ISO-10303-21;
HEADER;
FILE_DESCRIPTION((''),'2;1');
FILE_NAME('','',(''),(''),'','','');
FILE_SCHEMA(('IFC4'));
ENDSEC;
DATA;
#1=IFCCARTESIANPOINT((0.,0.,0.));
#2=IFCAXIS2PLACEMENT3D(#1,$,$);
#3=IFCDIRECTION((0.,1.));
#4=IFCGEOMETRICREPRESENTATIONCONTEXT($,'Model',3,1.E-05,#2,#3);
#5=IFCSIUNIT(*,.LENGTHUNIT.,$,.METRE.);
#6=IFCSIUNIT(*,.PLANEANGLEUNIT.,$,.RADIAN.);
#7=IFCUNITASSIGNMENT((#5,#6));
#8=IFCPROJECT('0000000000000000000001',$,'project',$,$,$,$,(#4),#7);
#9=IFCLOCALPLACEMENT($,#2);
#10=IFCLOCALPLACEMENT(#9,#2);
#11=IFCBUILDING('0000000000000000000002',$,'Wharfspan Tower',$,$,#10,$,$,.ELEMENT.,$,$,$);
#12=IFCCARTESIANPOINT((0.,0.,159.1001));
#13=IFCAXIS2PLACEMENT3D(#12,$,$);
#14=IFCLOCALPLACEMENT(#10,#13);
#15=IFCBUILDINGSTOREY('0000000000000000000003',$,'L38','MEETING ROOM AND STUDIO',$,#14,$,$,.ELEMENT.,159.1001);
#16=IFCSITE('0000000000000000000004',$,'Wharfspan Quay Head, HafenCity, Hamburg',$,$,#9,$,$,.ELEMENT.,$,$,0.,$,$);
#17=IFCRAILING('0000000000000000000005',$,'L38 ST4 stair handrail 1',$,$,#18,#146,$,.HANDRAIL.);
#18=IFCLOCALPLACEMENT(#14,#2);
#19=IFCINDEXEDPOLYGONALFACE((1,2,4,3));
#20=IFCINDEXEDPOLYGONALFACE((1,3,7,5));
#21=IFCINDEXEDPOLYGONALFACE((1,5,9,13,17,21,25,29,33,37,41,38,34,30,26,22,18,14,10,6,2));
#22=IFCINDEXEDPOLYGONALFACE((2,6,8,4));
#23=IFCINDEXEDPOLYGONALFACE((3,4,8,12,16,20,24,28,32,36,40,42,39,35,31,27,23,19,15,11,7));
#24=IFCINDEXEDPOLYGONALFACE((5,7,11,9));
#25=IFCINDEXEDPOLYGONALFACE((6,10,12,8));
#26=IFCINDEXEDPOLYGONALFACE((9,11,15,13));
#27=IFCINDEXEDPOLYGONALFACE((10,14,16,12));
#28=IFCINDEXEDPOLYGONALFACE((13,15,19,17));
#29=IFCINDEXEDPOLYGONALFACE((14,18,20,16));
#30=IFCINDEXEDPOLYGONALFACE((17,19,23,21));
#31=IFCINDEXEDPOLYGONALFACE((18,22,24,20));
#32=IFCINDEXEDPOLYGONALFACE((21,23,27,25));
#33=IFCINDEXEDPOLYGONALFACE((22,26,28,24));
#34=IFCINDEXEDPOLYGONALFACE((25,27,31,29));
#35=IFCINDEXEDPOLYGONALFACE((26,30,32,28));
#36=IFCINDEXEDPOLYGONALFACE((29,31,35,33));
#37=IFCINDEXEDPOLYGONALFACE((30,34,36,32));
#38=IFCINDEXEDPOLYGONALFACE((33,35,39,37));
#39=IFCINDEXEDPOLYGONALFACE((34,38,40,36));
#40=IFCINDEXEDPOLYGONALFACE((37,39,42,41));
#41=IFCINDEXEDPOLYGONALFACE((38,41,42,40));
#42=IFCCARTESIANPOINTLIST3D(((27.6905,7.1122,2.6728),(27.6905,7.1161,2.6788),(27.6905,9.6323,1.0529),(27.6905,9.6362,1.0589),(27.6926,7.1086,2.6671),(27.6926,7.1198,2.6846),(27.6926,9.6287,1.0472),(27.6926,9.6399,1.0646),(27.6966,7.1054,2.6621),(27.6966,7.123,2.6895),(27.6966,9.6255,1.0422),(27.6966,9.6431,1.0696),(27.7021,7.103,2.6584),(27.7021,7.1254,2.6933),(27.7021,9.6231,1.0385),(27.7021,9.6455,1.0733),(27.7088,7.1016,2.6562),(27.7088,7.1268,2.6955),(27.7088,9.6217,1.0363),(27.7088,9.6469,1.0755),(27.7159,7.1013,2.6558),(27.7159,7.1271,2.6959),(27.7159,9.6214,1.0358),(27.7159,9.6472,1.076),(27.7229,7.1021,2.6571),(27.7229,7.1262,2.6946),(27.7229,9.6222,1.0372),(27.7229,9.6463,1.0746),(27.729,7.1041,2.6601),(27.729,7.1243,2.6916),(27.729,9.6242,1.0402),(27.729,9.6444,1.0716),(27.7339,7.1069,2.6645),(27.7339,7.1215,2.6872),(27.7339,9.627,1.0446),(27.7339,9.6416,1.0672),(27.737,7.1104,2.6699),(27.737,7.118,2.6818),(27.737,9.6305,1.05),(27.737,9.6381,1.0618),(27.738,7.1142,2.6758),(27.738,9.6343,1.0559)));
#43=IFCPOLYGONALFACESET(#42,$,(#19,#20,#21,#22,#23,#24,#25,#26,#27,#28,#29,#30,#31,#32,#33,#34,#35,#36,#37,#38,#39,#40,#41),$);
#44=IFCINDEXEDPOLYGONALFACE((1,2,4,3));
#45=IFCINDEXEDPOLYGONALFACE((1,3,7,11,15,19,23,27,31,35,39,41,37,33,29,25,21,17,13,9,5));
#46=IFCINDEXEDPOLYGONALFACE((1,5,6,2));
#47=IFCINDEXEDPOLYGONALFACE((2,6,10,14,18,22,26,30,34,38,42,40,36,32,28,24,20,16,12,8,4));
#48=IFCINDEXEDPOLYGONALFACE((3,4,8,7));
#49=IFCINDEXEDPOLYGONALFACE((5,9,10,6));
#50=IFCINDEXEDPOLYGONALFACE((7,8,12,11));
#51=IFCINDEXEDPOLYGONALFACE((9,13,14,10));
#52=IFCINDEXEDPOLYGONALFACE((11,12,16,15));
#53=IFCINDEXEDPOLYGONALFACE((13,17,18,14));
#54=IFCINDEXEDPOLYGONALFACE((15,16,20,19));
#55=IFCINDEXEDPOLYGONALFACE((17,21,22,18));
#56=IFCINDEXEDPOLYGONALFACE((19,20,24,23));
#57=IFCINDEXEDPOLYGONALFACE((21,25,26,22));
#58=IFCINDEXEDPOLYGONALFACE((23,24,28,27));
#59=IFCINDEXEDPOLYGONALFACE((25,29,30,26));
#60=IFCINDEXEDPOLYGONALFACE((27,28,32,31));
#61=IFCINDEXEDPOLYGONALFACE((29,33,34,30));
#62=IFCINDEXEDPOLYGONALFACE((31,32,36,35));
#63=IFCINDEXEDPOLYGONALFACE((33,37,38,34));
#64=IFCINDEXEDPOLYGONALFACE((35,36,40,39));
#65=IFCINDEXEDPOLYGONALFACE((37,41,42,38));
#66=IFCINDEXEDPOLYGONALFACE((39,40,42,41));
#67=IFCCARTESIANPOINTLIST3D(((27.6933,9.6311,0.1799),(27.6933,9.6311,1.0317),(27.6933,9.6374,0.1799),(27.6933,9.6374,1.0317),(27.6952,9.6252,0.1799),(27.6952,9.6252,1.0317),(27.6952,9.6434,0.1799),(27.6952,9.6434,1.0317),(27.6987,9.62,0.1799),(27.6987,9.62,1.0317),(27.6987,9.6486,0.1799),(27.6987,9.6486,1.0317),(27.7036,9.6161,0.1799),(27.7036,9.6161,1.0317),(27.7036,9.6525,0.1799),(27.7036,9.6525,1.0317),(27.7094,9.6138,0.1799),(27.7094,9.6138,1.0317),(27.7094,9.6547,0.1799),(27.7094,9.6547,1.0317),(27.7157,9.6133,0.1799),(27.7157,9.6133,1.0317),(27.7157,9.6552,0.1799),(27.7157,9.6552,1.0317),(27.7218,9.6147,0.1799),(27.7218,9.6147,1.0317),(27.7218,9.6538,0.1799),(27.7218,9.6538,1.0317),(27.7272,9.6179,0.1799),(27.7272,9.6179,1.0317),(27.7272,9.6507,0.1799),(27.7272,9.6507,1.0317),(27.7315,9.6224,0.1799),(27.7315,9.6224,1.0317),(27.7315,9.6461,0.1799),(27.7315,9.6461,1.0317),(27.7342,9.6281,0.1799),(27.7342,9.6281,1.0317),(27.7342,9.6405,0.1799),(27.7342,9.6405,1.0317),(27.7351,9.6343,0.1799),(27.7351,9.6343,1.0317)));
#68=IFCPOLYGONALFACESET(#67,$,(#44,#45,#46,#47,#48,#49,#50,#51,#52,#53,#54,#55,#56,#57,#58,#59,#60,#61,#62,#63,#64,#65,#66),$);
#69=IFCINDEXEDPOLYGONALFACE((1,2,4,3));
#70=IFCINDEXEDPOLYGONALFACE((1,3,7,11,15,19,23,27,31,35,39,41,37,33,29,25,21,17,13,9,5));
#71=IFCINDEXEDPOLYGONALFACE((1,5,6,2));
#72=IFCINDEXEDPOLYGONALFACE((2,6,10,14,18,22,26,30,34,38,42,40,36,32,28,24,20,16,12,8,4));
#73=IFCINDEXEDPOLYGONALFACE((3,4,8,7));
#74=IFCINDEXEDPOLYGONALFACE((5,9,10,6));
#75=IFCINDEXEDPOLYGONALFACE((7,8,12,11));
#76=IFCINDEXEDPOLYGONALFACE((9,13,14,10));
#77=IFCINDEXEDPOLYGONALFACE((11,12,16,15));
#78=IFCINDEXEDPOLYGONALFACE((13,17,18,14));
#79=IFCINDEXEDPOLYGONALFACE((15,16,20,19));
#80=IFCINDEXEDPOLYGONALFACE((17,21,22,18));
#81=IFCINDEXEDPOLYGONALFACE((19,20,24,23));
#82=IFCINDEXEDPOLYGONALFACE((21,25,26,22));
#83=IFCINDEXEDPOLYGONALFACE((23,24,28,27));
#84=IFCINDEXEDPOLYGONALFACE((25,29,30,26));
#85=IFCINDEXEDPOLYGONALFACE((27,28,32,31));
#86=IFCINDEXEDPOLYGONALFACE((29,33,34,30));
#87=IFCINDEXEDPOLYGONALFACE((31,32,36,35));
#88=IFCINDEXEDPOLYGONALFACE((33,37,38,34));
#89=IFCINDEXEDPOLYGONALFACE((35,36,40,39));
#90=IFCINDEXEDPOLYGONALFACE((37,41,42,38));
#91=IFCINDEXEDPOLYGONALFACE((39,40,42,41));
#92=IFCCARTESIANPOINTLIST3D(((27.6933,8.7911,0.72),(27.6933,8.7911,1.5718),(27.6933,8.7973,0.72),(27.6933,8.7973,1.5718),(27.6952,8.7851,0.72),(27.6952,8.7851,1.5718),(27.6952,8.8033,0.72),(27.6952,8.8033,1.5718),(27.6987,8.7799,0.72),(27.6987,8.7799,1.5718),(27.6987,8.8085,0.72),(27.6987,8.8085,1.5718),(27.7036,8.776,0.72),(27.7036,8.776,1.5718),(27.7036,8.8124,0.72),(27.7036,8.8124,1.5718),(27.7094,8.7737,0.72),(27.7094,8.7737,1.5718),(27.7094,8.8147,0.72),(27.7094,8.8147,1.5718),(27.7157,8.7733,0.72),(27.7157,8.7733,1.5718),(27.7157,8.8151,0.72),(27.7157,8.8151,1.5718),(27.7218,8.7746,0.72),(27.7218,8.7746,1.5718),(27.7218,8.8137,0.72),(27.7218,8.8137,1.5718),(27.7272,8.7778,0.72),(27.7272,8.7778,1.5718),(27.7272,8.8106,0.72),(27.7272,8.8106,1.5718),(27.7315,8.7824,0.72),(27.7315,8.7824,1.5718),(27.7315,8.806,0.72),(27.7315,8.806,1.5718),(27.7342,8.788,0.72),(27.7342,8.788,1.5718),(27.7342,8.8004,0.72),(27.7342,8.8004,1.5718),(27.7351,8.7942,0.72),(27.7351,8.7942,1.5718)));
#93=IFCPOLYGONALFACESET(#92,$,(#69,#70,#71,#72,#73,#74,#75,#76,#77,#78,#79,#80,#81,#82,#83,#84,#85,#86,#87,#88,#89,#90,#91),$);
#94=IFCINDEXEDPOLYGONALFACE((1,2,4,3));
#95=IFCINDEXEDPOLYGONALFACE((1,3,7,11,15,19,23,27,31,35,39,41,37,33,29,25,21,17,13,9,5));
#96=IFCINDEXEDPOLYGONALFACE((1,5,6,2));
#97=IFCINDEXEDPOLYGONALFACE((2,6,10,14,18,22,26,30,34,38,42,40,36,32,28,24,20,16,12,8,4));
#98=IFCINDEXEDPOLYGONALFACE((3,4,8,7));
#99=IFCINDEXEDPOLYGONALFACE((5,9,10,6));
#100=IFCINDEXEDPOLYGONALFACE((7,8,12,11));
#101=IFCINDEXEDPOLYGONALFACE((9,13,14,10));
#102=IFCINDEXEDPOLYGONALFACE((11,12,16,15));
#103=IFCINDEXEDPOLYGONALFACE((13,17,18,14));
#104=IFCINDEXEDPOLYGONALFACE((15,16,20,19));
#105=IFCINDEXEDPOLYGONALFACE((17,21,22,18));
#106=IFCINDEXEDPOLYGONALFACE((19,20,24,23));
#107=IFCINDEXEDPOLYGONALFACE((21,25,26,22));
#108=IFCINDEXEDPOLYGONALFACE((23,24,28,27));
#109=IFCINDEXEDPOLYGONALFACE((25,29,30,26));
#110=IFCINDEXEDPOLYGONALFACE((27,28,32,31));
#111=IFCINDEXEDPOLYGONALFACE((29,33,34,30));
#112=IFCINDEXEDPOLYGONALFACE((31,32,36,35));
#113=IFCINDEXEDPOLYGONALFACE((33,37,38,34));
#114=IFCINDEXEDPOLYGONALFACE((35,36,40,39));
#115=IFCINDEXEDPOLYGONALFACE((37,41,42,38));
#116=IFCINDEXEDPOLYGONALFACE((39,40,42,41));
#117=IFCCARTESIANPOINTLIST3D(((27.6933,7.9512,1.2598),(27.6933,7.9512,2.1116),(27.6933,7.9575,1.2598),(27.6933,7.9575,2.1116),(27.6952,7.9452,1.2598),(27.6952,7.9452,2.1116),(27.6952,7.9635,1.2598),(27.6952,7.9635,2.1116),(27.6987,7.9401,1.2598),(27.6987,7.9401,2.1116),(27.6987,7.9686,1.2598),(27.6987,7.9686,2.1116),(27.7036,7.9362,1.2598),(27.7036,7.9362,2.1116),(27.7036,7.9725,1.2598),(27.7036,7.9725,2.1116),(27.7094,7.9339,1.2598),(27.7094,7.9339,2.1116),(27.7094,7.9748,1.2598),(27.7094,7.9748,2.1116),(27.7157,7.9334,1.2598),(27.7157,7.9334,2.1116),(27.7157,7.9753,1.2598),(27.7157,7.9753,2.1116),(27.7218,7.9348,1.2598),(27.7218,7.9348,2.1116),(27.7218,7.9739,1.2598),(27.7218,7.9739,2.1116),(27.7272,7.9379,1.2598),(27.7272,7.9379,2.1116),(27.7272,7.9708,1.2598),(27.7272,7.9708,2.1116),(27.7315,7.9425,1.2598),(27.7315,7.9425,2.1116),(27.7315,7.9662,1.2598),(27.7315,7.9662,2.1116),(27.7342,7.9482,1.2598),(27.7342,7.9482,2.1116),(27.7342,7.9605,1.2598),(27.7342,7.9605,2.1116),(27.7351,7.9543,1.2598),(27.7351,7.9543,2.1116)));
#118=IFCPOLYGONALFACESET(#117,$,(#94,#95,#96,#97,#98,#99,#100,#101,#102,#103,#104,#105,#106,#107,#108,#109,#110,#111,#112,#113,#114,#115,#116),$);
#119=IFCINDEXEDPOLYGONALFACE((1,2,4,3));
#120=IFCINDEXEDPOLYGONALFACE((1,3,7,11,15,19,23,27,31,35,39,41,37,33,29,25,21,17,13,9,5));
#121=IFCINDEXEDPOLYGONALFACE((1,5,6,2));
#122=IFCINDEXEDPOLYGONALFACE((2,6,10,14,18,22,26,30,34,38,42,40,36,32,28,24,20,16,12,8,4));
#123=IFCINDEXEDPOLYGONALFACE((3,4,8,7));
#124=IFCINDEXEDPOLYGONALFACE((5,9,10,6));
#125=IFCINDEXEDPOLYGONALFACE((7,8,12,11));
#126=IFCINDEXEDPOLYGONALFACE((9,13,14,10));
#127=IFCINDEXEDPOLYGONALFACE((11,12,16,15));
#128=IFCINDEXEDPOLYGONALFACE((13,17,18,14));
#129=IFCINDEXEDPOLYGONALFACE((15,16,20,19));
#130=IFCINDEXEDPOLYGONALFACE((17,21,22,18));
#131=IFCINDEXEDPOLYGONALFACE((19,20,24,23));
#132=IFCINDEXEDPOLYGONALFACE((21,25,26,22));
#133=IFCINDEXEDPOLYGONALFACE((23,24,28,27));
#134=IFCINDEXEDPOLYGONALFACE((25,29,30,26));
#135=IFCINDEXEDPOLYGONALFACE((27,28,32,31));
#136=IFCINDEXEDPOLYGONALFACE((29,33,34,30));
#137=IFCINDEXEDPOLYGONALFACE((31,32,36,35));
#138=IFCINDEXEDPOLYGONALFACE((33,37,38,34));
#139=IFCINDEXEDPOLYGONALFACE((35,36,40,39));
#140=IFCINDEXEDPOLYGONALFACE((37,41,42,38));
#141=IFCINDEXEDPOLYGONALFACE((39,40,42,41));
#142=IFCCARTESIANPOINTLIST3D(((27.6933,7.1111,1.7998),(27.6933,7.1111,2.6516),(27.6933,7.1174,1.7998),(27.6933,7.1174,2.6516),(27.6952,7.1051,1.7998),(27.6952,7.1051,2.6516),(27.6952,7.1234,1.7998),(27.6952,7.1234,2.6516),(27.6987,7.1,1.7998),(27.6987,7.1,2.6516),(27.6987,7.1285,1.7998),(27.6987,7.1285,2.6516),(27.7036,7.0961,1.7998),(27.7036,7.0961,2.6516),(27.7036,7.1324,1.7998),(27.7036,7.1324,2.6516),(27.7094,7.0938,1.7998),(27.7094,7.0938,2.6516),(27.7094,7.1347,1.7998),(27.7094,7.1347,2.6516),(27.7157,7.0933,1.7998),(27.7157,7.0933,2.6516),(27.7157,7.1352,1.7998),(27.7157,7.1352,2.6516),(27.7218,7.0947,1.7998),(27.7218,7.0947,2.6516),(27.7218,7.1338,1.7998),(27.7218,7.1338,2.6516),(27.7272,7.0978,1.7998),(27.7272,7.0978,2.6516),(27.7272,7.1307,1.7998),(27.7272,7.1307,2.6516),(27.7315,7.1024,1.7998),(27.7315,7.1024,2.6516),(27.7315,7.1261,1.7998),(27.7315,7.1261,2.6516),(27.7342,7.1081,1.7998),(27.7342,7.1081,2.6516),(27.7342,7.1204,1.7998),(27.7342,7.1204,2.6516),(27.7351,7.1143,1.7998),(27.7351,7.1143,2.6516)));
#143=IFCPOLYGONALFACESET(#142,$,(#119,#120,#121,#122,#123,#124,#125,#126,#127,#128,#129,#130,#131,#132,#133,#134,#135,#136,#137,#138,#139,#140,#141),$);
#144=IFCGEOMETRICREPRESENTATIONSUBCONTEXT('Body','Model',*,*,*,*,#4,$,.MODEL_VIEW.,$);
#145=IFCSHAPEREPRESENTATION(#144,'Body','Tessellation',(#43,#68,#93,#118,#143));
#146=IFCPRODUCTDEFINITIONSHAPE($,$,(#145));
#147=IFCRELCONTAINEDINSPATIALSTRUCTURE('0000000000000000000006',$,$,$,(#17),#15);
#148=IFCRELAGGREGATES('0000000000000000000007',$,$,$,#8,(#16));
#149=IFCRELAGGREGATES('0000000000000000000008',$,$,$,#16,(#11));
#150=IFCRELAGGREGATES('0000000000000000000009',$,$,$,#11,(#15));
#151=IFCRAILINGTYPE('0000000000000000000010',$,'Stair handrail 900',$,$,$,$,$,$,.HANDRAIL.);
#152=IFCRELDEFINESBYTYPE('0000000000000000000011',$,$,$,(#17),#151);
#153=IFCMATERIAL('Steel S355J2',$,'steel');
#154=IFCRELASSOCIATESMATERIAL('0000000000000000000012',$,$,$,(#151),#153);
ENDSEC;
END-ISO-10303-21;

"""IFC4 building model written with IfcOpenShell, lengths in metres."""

from ifc_helpers import new_model, si_unit, direction, frame, origin, origin_2d, place, context, subcontext, project, spatial, circle, extrude, material, type_object, element, save


model = new_model("IFC4")

# Units and contexts
model_context = context("Model", 3, precision=1e-05, world=origin(), true_north=direction((0.0, 1.0)))
body_context = subcontext(model_context, "Body", "Model", "MODEL_VIEW")
ifc_project = project(units=[si_unit("LENGTHUNIT", "METRE"), si_unit("PLANEANGLEUNIT", "RADIAN")], contexts=[model_context])

# Site, building, storey
site_placement = place(None, origin())
site = spatial("IfcSite", under=ifc_project, at=site_placement, Name="Wharfspan Quay Head, HafenCity, Hamburg", CompositionType="ELEMENT", RefElevation=0.0)
building_placement = place(site_placement, origin())
building = spatial("IfcBuilding", under=site, at=building_placement, Name="Wharfspan Tower", CompositionType="ELEMENT")
storey_placement = place(building_placement, frame((0.0, 0.0, 159.1001)))
storey = spatial("IfcBuildingStorey", under=building, at=storey_placement, Name="L38", Description="MEETING ROOM AND STUDIO", CompositionType="ELEMENT", Elevation=159.1001)

# Shared definitions
ifc_material_1 = material(Name="Steel S355J2", Category="steel")

# Railing
railing_type_1 = type_object("IfcRailingType", Name="Stair handrail 900", PredefinedType="HANDRAIL", material=ifc_material_1)
railing_1_placement = place(storey_placement, frame((27.7141, 9.6343, 0.1799)))
element("IfcRailing", 1, at=railing_1_placement, inside=storey, type_object=railing_type_1, Name="L38 ST4 stair handrail 1", PredefinedType="HANDRAIL", context=body_context, shape_type="SweptSolid", body=[
    extrude(circle(Radius=0.0239, at=origin_2d()), frame((0.0, 0.0, 0.876), z_axis=(0.0, -0.8412, 0.540725), x_axis=(1.0, 0.0, 0.0)), (0.0, 0.0, 1.0), 2.9958),
    extrude(circle(Radius=0.021, at=origin_2d()), origin(), (0.0, 0.0, 1.0), 0.8518),
    extrude(circle(Radius=0.021, at=origin_2d()), frame((0.0, -0.8401, 0.54)), (0.0, 0.0, 1.0), 0.8518),
    extrude(circle(Radius=0.021, at=origin_2d()), frame((0.0, -1.6799, 1.0798)), (0.0, 0.0, 1.0), 0.8518),
    extrude(circle(Radius=0.021, at=origin_2d()), frame((0.0, -2.52, 1.6199)), (0.0, 0.0, 1.0), 0.8518),
])

save(model, "model.ifc")
